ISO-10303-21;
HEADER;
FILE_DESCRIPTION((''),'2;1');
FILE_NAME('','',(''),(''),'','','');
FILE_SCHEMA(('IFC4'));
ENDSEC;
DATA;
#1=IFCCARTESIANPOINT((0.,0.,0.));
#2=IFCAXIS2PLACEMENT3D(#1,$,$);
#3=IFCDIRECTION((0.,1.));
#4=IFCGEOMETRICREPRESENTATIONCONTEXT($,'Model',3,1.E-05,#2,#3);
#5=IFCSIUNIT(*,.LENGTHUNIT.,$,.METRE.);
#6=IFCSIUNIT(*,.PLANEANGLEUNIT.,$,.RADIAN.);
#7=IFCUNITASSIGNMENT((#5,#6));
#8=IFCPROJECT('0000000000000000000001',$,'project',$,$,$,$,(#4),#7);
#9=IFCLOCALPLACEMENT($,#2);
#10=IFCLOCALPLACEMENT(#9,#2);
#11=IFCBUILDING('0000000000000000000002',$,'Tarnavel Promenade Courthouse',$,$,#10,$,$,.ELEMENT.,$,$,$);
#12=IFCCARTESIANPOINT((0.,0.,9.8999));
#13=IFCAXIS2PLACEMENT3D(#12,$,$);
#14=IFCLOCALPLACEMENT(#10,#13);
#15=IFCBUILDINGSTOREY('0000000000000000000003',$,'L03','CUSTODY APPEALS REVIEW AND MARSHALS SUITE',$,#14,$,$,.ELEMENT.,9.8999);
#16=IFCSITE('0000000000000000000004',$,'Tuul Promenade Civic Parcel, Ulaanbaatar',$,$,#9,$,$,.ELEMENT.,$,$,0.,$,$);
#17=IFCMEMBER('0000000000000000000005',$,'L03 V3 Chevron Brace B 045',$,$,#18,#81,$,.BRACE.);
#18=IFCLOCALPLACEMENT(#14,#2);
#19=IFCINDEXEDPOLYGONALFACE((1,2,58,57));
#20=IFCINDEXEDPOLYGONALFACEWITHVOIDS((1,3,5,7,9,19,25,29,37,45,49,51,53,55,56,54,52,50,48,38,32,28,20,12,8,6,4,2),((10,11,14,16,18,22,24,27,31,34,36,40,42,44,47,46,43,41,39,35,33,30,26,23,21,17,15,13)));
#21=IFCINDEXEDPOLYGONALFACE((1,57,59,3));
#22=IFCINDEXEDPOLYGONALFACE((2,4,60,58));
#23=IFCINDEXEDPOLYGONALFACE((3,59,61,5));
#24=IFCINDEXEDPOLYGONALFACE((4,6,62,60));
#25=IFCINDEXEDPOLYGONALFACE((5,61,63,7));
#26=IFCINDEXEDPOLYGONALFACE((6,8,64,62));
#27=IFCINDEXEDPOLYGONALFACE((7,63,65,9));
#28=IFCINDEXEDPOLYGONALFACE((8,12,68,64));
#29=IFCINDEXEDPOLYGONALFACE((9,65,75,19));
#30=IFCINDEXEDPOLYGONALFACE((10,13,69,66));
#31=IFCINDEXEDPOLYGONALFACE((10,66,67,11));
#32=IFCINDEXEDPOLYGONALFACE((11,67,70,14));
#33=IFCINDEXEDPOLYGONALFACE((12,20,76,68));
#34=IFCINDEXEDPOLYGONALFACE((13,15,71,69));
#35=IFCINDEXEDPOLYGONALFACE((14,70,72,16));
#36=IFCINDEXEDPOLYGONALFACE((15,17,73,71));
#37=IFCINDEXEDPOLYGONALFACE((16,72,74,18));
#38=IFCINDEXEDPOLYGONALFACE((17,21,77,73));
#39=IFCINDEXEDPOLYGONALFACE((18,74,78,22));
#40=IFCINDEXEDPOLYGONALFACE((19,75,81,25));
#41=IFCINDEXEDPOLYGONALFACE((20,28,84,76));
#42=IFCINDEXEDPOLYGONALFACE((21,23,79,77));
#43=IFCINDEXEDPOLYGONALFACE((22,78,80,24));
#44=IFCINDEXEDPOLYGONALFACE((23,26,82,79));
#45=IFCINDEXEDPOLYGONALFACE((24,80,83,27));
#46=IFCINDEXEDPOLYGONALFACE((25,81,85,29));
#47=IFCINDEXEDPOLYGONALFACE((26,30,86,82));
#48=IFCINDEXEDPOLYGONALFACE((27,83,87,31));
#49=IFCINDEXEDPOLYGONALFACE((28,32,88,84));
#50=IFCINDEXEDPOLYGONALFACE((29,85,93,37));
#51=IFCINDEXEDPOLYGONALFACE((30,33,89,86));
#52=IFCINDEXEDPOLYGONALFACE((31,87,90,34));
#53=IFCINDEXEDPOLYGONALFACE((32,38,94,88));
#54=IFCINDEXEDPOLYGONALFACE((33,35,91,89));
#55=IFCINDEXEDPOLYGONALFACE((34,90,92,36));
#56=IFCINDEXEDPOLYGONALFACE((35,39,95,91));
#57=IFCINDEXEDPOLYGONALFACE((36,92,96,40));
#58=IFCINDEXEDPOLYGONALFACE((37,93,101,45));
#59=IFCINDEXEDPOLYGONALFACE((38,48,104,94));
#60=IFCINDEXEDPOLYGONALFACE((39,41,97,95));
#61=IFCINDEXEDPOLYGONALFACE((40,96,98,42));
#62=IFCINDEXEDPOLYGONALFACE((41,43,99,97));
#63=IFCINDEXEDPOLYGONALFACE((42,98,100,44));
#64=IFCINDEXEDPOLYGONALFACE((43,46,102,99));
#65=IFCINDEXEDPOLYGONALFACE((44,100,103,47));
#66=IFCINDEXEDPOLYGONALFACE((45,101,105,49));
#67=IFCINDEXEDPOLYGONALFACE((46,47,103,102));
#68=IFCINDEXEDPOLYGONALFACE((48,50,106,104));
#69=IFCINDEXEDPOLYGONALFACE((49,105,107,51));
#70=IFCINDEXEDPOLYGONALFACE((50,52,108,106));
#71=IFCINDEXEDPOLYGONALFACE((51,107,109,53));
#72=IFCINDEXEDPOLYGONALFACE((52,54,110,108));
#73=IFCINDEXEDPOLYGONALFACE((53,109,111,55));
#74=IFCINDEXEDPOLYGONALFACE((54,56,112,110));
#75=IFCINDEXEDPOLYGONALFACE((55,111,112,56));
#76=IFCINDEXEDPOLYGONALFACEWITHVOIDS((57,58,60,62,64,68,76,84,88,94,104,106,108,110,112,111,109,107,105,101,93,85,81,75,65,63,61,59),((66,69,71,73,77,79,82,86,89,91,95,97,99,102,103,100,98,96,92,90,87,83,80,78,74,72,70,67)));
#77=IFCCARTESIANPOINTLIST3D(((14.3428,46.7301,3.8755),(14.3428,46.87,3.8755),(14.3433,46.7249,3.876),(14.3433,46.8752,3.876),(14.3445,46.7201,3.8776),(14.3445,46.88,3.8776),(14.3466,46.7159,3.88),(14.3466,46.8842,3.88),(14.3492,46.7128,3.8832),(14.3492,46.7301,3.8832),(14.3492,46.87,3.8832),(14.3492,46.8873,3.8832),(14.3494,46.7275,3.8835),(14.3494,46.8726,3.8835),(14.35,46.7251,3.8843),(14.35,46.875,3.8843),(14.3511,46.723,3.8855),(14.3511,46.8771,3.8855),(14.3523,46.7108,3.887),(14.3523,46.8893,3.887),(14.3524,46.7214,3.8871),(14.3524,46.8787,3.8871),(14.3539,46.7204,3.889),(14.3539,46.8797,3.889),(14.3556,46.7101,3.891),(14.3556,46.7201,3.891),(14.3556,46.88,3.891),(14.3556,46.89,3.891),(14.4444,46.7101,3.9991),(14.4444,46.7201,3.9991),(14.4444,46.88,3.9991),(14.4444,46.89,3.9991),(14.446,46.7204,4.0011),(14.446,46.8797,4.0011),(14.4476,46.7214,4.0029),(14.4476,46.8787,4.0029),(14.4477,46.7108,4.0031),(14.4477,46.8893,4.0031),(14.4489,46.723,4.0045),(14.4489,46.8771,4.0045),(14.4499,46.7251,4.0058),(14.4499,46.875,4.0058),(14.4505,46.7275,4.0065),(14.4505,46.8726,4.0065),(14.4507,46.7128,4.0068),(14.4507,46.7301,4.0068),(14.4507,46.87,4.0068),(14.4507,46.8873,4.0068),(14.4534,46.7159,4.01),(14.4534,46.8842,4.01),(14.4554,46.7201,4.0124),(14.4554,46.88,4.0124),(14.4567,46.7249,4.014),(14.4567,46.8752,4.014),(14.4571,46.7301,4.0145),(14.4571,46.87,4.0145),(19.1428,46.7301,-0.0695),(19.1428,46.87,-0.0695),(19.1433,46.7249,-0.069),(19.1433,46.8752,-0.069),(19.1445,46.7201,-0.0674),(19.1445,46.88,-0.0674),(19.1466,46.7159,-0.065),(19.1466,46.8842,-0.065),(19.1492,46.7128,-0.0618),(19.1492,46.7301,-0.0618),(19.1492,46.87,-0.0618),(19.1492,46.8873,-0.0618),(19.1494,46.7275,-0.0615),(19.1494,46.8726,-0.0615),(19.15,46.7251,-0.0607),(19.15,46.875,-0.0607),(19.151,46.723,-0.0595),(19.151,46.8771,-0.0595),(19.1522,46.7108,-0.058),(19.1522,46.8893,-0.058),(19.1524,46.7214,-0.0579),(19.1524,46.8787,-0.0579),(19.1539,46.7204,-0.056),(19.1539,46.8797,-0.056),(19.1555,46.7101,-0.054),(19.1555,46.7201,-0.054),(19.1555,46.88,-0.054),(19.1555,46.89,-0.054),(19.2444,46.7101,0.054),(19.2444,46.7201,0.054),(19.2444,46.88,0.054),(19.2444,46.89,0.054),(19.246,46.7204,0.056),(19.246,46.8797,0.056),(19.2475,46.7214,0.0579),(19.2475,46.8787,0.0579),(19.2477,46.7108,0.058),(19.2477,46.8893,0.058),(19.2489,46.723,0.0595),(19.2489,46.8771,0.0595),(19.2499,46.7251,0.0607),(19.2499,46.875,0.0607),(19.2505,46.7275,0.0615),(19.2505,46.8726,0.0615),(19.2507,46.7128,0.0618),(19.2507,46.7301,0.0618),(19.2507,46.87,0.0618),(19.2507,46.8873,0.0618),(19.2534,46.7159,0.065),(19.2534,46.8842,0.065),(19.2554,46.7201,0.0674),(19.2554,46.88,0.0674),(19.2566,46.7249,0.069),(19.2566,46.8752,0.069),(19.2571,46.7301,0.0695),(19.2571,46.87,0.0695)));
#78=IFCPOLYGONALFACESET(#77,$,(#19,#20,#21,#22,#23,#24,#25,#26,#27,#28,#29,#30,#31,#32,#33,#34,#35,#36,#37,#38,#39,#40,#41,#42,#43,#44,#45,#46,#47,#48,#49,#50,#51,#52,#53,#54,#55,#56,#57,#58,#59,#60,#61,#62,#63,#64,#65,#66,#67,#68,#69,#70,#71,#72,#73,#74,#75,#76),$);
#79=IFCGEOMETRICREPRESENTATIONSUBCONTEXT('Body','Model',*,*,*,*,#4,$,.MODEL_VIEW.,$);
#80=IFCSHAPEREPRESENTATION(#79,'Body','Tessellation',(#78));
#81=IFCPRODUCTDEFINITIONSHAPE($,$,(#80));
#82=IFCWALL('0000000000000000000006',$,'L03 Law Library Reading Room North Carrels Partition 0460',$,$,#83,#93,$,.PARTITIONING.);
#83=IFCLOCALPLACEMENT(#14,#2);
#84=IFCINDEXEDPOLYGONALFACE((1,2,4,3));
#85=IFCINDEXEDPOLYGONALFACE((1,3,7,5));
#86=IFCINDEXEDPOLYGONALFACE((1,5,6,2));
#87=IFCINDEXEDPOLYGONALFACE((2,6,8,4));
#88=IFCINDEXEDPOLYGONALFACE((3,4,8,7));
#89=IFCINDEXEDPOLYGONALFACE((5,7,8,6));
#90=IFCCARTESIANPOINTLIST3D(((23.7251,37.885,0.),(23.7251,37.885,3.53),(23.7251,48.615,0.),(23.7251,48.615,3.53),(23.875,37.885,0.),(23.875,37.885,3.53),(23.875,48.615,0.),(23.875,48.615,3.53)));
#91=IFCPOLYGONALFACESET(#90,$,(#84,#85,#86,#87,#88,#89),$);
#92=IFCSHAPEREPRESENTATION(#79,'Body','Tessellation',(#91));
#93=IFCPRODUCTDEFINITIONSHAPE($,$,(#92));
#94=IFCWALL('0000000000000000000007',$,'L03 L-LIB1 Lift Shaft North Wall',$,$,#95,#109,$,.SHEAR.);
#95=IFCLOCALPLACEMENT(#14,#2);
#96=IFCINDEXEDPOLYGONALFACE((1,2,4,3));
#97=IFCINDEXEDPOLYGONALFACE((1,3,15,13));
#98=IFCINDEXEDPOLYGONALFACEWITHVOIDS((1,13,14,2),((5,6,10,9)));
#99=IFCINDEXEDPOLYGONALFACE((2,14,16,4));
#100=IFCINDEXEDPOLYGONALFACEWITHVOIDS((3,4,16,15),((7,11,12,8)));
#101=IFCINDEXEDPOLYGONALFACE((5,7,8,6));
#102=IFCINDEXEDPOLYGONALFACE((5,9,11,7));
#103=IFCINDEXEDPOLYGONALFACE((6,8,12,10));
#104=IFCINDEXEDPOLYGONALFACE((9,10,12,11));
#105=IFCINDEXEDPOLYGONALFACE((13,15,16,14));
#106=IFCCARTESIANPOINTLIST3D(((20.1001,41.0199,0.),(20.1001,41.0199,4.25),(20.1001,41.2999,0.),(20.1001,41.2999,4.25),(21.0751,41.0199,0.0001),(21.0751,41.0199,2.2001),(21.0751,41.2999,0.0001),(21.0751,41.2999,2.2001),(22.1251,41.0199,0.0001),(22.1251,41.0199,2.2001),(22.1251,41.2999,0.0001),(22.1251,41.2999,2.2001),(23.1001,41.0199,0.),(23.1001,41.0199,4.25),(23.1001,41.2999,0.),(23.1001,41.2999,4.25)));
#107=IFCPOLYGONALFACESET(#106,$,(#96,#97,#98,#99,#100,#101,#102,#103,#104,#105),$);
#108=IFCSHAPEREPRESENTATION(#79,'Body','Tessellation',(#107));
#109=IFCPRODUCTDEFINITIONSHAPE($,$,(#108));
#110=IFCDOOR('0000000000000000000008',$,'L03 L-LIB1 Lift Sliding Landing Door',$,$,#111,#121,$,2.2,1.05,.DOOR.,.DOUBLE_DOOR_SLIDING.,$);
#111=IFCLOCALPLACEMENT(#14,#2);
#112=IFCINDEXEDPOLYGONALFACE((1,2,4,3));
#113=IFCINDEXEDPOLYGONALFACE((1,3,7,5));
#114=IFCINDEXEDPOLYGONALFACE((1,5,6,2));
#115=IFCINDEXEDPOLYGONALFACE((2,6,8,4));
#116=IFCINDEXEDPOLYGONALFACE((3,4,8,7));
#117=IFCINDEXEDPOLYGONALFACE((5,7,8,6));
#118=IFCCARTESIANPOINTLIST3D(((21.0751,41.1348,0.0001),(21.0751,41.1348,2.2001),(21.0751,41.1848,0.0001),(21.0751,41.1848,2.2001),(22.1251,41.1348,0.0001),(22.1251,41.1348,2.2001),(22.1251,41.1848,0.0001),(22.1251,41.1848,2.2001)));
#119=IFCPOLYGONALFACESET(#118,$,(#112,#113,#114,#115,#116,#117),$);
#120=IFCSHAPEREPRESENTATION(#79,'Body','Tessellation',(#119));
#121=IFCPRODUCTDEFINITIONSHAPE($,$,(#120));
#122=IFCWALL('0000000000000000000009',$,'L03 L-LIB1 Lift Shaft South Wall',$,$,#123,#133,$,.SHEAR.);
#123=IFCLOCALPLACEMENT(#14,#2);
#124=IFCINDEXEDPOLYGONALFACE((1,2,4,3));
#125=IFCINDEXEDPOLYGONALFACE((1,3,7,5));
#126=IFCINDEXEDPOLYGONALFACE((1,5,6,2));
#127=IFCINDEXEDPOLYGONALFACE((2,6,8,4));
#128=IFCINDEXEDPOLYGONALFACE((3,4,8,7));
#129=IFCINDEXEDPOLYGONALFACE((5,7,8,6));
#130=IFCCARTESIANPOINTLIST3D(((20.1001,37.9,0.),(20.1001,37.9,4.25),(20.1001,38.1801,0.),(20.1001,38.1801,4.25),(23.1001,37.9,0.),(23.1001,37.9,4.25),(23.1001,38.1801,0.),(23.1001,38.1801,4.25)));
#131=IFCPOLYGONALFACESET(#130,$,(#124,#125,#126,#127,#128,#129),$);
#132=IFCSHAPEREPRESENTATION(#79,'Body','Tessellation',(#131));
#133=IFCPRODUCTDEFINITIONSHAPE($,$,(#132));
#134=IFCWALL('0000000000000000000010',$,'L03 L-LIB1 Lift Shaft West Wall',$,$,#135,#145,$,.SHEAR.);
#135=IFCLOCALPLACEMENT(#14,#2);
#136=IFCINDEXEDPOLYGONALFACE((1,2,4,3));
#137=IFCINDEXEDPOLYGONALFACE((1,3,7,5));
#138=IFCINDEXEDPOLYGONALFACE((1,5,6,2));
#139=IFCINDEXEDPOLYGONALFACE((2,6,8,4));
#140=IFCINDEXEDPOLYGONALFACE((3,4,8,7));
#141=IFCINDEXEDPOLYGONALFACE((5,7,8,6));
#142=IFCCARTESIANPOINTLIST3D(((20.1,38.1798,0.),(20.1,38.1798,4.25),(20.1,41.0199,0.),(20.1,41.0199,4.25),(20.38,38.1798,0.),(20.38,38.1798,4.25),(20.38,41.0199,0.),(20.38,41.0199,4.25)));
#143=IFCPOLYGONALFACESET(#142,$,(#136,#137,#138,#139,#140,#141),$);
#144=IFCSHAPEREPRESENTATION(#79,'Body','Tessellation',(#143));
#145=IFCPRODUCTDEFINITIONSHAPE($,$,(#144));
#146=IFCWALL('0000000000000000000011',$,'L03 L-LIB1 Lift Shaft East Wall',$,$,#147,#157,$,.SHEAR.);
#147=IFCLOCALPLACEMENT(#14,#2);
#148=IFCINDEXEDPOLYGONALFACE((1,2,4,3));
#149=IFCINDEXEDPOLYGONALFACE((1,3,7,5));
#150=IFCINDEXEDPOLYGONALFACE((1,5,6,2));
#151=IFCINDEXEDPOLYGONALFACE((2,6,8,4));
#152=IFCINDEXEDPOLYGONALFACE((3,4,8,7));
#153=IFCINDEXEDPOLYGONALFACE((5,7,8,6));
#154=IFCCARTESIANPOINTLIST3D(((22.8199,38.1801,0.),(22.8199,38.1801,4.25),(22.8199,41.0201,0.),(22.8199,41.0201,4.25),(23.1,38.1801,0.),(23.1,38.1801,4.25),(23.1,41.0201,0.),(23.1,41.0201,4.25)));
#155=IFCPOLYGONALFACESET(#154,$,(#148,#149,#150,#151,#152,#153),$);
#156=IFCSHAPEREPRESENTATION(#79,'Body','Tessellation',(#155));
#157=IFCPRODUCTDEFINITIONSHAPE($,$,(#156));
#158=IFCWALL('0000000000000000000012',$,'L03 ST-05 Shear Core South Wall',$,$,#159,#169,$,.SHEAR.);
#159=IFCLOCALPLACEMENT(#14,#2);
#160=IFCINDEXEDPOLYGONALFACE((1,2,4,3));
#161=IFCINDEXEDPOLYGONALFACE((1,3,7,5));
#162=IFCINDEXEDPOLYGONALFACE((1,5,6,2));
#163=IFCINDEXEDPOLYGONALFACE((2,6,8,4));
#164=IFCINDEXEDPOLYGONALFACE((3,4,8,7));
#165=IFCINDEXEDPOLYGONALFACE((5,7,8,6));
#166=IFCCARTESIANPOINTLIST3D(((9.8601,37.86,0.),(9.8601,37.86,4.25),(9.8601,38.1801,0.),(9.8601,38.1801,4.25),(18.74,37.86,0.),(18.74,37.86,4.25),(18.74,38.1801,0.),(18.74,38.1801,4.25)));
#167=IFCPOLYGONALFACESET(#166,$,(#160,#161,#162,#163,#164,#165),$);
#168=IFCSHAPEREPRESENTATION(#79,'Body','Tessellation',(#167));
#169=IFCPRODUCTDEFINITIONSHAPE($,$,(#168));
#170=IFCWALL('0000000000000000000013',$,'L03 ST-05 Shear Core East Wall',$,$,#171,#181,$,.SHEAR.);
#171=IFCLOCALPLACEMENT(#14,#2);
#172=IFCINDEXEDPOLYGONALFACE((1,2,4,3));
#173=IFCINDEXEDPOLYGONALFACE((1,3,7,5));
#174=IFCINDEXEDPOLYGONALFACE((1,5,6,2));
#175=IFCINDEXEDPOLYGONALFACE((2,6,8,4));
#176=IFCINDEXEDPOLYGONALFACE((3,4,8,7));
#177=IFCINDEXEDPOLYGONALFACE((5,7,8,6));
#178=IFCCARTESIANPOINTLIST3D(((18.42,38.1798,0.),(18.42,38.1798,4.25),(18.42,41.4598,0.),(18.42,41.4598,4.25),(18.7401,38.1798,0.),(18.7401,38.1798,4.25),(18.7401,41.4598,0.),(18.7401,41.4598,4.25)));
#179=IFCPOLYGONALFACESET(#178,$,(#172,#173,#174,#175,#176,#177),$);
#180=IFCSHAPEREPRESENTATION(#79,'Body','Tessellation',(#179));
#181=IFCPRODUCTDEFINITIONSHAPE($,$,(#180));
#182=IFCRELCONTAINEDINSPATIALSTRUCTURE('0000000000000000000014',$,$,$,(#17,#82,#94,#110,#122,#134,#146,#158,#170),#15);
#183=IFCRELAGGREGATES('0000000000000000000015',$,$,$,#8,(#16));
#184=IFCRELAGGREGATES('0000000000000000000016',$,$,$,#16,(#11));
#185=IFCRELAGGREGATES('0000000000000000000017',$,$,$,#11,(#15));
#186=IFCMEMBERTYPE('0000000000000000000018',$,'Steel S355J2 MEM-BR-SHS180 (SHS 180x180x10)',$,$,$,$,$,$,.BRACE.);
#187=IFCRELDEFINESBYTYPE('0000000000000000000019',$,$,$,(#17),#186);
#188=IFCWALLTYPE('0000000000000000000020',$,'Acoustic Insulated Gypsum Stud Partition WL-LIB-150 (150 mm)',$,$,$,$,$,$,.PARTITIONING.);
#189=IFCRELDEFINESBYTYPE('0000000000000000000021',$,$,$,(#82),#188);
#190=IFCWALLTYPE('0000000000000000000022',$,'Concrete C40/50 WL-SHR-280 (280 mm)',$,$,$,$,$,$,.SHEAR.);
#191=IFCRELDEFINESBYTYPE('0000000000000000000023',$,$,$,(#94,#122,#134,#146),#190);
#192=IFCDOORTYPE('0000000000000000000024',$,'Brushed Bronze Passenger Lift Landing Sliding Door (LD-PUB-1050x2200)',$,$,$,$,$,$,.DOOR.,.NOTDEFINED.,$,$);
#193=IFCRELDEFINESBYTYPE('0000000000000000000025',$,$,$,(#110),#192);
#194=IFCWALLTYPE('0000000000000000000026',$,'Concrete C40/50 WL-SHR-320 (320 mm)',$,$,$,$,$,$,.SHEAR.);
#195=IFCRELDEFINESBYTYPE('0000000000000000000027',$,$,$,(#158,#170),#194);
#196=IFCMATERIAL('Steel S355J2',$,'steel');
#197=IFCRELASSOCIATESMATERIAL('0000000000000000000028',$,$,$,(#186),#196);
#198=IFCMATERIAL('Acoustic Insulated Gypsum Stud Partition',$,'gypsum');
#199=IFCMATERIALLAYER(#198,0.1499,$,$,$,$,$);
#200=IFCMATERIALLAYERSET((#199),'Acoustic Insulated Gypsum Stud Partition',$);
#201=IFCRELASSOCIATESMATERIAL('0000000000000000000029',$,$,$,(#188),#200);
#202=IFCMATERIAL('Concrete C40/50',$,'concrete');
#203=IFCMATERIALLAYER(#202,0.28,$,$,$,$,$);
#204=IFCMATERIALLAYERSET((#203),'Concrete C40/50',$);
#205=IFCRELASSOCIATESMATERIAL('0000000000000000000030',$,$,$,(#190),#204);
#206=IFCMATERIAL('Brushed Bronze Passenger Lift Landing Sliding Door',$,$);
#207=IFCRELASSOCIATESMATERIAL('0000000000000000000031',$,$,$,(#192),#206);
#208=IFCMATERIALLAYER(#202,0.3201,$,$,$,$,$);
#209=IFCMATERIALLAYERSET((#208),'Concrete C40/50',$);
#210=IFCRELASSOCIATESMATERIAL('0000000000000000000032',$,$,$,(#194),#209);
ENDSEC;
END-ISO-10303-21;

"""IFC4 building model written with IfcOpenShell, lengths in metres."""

from ifc_helpers import new_model, si_unit, direction, frame, frame_2d, origin, origin_2d, place, context, subcontext, project, spatial, rectangle, hollow_rectangle, extrude, material, layer, layer_set, material_profile, profile_set, type_object, element, fill, save


model = new_model("IFC4")

# Units and contexts
model_context = context("Model", 3, precision=1e-05, world=origin(), true_north=direction((0.0, 1.0)))
body_context = subcontext(model_context, "Body", "Model", "MODEL_VIEW")
ifc_project = project(units=[si_unit("LENGTHUNIT", "METRE"), si_unit("PLANEANGLEUNIT", "RADIAN")], contexts=[model_context])

# Site, building, storey
site_placement = place(None, origin())
site = spatial("IfcSite", under=ifc_project, at=site_placement, Name="Tuul Promenade Civic Parcel, Ulaanbaatar", CompositionType="ELEMENT", RefElevation=0.0)
building_placement = place(site_placement, origin())
building = spatial("IfcBuilding", under=site, at=building_placement, Name="Tarnavel Promenade Courthouse", CompositionType="ELEMENT")
storey_placement = place(building_placement, frame((0.0, 0.0, 9.8999)))
storey = spatial("IfcBuildingStorey", under=building, at=storey_placement, Name="L03", Description="CUSTODY APPEALS REVIEW AND MARSHALS SUITE", CompositionType="ELEMENT", Elevation=9.8999)

# Shared definitions
ifc_material_1 = material(Name="Concrete C40/50", Category="concrete")

# Member
ifc_material_2 = material(Name="Steel S355J2", Category="steel")
ifc_material_profile_1 = material_profile(ifc_material_2, hollow_rectangle(XDim=0.1799, YDim=0.1799, WallThickness=0.01, InnerFilletRadius=0.01, OuterFilletRadius=0.02, at=origin_2d()), Name="SHS 180x180x10")
ifc_profile_set_1 = profile_set([ifc_material_profile_1], Name="Steel S355J2")
member_type = type_object("IfcMemberType", Name="Steel S355J2 MEM-BR-SHS180 (SHS 180x180x10)", PredefinedType="BRACE", material=ifc_profile_set_1)
member_placement = place(storey_placement, frame((19.2, 46.8, 0.0), z_axis=(-0.772555, 0.0, 0.634948), x_axis=(0.0, -1.0, 0.0)))
element("IfcMember", 1, at=member_placement, inside=storey, type_object=member_type, Name="L03 V3 Chevron Brace B 045", PredefinedType="BRACE", context=body_context, shape_type="SweptSolid", body=[
    extrude(hollow_rectangle(XDim=0.1799, YDim=0.1799, WallThickness=0.01, InnerFilletRadius=0.01, OuterFilletRadius=0.02, at=origin_2d()), origin(), (0.0, 0.0, 1.0), 6.2131),
])

# Wall
ifc_material_3 = material(Name="Acoustic Insulated Gypsum Stud Partition", Category="gypsum")
ifc_layer_1 = layer(ifc_material_3, 0.1499)
ifc_layer_set_1 = layer_set([ifc_layer_1], Name="Acoustic Insulated Gypsum Stud Partition")
wall_type_1 = type_object("IfcWallType", Name="Acoustic Insulated Gypsum Stud Partition WL-LIB-150 (150 mm)", PredefinedType="PARTITIONING", material=ifc_layer_set_1)
wall_1_placement = place(storey_placement, frame((23.8, 37.885, 0.0), z_axis=(0.0, 0.0, 1.0), x_axis=(0.0, 1.0, 0.0)))
element("IfcWall", 2, at=wall_1_placement, inside=storey, type_object=wall_type_1, Name="L03 Law Library Reading Room North Carrels Partition 0460", PredefinedType="PARTITIONING", context=body_context, shape_type="SweptSolid", body=[
    extrude(rectangle(XDim=10.73, YDim=0.1499, at=frame_2d((5.365, 0.0))), origin(), (0.0, 0.0, 1.0), 3.53),
])

# Wall, opening, door
ifc_layer_2 = layer(ifc_material_1, 0.28)
ifc_layer_set_2 = layer_set([ifc_layer_2], Name="Concrete C40/50")
wall_type_2 = type_object("IfcWallType", Name="Concrete C40/50 WL-SHR-280 (280 mm)", PredefinedType="SHEAR", material=ifc_layer_set_2)
wall_2_placement = place(storey_placement, frame((20.1001, 41.1599, 0.0), z_axis=(0.0, 0.0, 1.0), x_axis=(1.0, 0.0, 0.0)))
wall_2 = element("IfcWall", 3, at=wall_2_placement, inside=storey, type_object=wall_type_2, Name="L03 L-LIB1 Lift Shaft North Wall", PredefinedType="SHEAR", context=body_context, shape_type="SweptSolid", body=[
    extrude(rectangle(XDim=3.0, YDim=0.28, at=frame_2d((1.5, 0.0))), origin(), (0.0, 0.0, 1.0), 4.25),
])
opening_placement = place(wall_2_placement, frame((0.9751, 0.0, 0.0)))
opening = element("IfcOpeningElement", 4, at=opening_placement, cuts=wall_2, PredefinedType="OPENING", context=body_context, shape_type="SweptSolid", body=[
    extrude(rectangle(XDim=1.05, YDim=2.2, at=frame_2d((0.5249, 1.1001))), frame((0.0, 0.1499, 0.0), z_axis=(0.0, -1.0, 0.0), x_axis=(1.0, 0.0, 0.0)), (0.0, 0.0, 1.0), 0.3),
])
ifc_material_4 = material(Name="Brushed Bronze Passenger Lift Landing Sliding Door")
door_type = type_object("IfcDoorType", Name="Brushed Bronze Passenger Lift Landing Sliding Door (LD-PUB-1050x2200)", OperationType="NOTDEFINED", PredefinedType="DOOR", material=ifc_material_4)
door_placement = place(opening_placement, origin())
door = element("IfcDoor", 5, at=door_placement, inside=storey, type_object=door_type, Name="L03 L-LIB1 Lift Sliding Landing Door", OperationType="DOUBLE_DOOR_SLIDING", OverallHeight=2.2, OverallWidth=1.05, PredefinedType="DOOR", context=body_context, shape_type="SweptSolid", body=[
    extrude(rectangle(XDim=1.05, YDim=2.2, at=frame_2d((0.5249, 1.1001))), frame((0.0, 0.0249, 0.0), z_axis=(0.0, -1.0, 0.0), x_axis=(1.0, 0.0, 0.0)), (0.0, 0.0, 1.0), 0.05),
])
fill(opening, door)

# Walls
wall_3_placement = place(storey_placement, frame((23.1001, 38.04, 0.0), z_axis=(0.0, 0.0, 1.0), x_axis=(-1.0, 0.0, 0.0)))
element("IfcWall", 6, at=wall_3_placement, inside=storey, type_object=wall_type_2, Name="L03 L-LIB1 Lift Shaft South Wall", PredefinedType="SHEAR", context=body_context, shape_type="SweptSolid", body=[
    extrude(rectangle(XDim=3.0, YDim=0.28, at=frame_2d((1.5, 0.0))), origin(), (0.0, 0.0, 1.0), 4.25),
])
for number, where, z_axis, x_axis, name in (
    (7, (20.24, 38.1799, 0.0), (0.0, 0.0, 1.0), (0.0, 1.0, 0.0), "L03 L-LIB1 Lift Shaft West Wall"),
    (8, (22.96, 41.02, 0.0), (0.0, 0.0, 1.0), (0.0, -1.0, 0.0), "L03 L-LIB1 Lift Shaft East Wall"),
):
    element("IfcWall", number, at=place(storey_placement, frame(where, z_axis=z_axis, x_axis=x_axis)), inside=storey, type_object=wall_type_2, Name=name, PredefinedType="SHEAR", context=body_context, shape_type="SweptSolid", body=[
        extrude(rectangle(XDim=2.8401, YDim=0.28, at=frame_2d((1.4199, 0.0))), origin(), (0.0, 0.0, 1.0), 4.25),
    ])
ifc_layer_3 = layer(ifc_material_1, 0.3201)
ifc_layer_set_3 = layer_set([ifc_layer_3], Name="Concrete C40/50")
wall_type_3 = type_object("IfcWallType", Name="Concrete C40/50 WL-SHR-320 (320 mm)", PredefinedType="SHEAR", material=ifc_layer_set_3)
wall_4_placement = place(storey_placement, frame((18.74, 38.02, 0.0), z_axis=(0.0, 0.0, 1.0), x_axis=(-1.0, 0.0, 0.0)))
element("IfcWall", 9, at=wall_4_placement, inside=storey, type_object=wall_type_3, Name="L03 ST-05 Shear Core South Wall", PredefinedType="SHEAR", context=body_context, shape_type="SweptSolid", body=[
    extrude(rectangle(XDim=8.8799, YDim=0.3201, at=frame_2d((4.4399, 0.0))), origin(), (0.0, 0.0, 1.0), 4.25),
])
wall_5_placement = place(storey_placement, frame((18.5801, 41.46, 0.0), z_axis=(0.0, 0.0, 1.0), x_axis=(0.0, -1.0, 0.0)))
element("IfcWall", 10, at=wall_5_placement, inside=storey, type_object=wall_type_3, Name="L03 ST-05 Shear Core East Wall", PredefinedType="SHEAR", context=body_context, shape_type="SweptSolid", body=[
    extrude(rectangle(XDim=3.28, YDim=0.3201, at=frame_2d((1.6401, 0.0))), origin(), (0.0, 0.0, 1.0), 4.25),
])

save(model, "model.ifc")
